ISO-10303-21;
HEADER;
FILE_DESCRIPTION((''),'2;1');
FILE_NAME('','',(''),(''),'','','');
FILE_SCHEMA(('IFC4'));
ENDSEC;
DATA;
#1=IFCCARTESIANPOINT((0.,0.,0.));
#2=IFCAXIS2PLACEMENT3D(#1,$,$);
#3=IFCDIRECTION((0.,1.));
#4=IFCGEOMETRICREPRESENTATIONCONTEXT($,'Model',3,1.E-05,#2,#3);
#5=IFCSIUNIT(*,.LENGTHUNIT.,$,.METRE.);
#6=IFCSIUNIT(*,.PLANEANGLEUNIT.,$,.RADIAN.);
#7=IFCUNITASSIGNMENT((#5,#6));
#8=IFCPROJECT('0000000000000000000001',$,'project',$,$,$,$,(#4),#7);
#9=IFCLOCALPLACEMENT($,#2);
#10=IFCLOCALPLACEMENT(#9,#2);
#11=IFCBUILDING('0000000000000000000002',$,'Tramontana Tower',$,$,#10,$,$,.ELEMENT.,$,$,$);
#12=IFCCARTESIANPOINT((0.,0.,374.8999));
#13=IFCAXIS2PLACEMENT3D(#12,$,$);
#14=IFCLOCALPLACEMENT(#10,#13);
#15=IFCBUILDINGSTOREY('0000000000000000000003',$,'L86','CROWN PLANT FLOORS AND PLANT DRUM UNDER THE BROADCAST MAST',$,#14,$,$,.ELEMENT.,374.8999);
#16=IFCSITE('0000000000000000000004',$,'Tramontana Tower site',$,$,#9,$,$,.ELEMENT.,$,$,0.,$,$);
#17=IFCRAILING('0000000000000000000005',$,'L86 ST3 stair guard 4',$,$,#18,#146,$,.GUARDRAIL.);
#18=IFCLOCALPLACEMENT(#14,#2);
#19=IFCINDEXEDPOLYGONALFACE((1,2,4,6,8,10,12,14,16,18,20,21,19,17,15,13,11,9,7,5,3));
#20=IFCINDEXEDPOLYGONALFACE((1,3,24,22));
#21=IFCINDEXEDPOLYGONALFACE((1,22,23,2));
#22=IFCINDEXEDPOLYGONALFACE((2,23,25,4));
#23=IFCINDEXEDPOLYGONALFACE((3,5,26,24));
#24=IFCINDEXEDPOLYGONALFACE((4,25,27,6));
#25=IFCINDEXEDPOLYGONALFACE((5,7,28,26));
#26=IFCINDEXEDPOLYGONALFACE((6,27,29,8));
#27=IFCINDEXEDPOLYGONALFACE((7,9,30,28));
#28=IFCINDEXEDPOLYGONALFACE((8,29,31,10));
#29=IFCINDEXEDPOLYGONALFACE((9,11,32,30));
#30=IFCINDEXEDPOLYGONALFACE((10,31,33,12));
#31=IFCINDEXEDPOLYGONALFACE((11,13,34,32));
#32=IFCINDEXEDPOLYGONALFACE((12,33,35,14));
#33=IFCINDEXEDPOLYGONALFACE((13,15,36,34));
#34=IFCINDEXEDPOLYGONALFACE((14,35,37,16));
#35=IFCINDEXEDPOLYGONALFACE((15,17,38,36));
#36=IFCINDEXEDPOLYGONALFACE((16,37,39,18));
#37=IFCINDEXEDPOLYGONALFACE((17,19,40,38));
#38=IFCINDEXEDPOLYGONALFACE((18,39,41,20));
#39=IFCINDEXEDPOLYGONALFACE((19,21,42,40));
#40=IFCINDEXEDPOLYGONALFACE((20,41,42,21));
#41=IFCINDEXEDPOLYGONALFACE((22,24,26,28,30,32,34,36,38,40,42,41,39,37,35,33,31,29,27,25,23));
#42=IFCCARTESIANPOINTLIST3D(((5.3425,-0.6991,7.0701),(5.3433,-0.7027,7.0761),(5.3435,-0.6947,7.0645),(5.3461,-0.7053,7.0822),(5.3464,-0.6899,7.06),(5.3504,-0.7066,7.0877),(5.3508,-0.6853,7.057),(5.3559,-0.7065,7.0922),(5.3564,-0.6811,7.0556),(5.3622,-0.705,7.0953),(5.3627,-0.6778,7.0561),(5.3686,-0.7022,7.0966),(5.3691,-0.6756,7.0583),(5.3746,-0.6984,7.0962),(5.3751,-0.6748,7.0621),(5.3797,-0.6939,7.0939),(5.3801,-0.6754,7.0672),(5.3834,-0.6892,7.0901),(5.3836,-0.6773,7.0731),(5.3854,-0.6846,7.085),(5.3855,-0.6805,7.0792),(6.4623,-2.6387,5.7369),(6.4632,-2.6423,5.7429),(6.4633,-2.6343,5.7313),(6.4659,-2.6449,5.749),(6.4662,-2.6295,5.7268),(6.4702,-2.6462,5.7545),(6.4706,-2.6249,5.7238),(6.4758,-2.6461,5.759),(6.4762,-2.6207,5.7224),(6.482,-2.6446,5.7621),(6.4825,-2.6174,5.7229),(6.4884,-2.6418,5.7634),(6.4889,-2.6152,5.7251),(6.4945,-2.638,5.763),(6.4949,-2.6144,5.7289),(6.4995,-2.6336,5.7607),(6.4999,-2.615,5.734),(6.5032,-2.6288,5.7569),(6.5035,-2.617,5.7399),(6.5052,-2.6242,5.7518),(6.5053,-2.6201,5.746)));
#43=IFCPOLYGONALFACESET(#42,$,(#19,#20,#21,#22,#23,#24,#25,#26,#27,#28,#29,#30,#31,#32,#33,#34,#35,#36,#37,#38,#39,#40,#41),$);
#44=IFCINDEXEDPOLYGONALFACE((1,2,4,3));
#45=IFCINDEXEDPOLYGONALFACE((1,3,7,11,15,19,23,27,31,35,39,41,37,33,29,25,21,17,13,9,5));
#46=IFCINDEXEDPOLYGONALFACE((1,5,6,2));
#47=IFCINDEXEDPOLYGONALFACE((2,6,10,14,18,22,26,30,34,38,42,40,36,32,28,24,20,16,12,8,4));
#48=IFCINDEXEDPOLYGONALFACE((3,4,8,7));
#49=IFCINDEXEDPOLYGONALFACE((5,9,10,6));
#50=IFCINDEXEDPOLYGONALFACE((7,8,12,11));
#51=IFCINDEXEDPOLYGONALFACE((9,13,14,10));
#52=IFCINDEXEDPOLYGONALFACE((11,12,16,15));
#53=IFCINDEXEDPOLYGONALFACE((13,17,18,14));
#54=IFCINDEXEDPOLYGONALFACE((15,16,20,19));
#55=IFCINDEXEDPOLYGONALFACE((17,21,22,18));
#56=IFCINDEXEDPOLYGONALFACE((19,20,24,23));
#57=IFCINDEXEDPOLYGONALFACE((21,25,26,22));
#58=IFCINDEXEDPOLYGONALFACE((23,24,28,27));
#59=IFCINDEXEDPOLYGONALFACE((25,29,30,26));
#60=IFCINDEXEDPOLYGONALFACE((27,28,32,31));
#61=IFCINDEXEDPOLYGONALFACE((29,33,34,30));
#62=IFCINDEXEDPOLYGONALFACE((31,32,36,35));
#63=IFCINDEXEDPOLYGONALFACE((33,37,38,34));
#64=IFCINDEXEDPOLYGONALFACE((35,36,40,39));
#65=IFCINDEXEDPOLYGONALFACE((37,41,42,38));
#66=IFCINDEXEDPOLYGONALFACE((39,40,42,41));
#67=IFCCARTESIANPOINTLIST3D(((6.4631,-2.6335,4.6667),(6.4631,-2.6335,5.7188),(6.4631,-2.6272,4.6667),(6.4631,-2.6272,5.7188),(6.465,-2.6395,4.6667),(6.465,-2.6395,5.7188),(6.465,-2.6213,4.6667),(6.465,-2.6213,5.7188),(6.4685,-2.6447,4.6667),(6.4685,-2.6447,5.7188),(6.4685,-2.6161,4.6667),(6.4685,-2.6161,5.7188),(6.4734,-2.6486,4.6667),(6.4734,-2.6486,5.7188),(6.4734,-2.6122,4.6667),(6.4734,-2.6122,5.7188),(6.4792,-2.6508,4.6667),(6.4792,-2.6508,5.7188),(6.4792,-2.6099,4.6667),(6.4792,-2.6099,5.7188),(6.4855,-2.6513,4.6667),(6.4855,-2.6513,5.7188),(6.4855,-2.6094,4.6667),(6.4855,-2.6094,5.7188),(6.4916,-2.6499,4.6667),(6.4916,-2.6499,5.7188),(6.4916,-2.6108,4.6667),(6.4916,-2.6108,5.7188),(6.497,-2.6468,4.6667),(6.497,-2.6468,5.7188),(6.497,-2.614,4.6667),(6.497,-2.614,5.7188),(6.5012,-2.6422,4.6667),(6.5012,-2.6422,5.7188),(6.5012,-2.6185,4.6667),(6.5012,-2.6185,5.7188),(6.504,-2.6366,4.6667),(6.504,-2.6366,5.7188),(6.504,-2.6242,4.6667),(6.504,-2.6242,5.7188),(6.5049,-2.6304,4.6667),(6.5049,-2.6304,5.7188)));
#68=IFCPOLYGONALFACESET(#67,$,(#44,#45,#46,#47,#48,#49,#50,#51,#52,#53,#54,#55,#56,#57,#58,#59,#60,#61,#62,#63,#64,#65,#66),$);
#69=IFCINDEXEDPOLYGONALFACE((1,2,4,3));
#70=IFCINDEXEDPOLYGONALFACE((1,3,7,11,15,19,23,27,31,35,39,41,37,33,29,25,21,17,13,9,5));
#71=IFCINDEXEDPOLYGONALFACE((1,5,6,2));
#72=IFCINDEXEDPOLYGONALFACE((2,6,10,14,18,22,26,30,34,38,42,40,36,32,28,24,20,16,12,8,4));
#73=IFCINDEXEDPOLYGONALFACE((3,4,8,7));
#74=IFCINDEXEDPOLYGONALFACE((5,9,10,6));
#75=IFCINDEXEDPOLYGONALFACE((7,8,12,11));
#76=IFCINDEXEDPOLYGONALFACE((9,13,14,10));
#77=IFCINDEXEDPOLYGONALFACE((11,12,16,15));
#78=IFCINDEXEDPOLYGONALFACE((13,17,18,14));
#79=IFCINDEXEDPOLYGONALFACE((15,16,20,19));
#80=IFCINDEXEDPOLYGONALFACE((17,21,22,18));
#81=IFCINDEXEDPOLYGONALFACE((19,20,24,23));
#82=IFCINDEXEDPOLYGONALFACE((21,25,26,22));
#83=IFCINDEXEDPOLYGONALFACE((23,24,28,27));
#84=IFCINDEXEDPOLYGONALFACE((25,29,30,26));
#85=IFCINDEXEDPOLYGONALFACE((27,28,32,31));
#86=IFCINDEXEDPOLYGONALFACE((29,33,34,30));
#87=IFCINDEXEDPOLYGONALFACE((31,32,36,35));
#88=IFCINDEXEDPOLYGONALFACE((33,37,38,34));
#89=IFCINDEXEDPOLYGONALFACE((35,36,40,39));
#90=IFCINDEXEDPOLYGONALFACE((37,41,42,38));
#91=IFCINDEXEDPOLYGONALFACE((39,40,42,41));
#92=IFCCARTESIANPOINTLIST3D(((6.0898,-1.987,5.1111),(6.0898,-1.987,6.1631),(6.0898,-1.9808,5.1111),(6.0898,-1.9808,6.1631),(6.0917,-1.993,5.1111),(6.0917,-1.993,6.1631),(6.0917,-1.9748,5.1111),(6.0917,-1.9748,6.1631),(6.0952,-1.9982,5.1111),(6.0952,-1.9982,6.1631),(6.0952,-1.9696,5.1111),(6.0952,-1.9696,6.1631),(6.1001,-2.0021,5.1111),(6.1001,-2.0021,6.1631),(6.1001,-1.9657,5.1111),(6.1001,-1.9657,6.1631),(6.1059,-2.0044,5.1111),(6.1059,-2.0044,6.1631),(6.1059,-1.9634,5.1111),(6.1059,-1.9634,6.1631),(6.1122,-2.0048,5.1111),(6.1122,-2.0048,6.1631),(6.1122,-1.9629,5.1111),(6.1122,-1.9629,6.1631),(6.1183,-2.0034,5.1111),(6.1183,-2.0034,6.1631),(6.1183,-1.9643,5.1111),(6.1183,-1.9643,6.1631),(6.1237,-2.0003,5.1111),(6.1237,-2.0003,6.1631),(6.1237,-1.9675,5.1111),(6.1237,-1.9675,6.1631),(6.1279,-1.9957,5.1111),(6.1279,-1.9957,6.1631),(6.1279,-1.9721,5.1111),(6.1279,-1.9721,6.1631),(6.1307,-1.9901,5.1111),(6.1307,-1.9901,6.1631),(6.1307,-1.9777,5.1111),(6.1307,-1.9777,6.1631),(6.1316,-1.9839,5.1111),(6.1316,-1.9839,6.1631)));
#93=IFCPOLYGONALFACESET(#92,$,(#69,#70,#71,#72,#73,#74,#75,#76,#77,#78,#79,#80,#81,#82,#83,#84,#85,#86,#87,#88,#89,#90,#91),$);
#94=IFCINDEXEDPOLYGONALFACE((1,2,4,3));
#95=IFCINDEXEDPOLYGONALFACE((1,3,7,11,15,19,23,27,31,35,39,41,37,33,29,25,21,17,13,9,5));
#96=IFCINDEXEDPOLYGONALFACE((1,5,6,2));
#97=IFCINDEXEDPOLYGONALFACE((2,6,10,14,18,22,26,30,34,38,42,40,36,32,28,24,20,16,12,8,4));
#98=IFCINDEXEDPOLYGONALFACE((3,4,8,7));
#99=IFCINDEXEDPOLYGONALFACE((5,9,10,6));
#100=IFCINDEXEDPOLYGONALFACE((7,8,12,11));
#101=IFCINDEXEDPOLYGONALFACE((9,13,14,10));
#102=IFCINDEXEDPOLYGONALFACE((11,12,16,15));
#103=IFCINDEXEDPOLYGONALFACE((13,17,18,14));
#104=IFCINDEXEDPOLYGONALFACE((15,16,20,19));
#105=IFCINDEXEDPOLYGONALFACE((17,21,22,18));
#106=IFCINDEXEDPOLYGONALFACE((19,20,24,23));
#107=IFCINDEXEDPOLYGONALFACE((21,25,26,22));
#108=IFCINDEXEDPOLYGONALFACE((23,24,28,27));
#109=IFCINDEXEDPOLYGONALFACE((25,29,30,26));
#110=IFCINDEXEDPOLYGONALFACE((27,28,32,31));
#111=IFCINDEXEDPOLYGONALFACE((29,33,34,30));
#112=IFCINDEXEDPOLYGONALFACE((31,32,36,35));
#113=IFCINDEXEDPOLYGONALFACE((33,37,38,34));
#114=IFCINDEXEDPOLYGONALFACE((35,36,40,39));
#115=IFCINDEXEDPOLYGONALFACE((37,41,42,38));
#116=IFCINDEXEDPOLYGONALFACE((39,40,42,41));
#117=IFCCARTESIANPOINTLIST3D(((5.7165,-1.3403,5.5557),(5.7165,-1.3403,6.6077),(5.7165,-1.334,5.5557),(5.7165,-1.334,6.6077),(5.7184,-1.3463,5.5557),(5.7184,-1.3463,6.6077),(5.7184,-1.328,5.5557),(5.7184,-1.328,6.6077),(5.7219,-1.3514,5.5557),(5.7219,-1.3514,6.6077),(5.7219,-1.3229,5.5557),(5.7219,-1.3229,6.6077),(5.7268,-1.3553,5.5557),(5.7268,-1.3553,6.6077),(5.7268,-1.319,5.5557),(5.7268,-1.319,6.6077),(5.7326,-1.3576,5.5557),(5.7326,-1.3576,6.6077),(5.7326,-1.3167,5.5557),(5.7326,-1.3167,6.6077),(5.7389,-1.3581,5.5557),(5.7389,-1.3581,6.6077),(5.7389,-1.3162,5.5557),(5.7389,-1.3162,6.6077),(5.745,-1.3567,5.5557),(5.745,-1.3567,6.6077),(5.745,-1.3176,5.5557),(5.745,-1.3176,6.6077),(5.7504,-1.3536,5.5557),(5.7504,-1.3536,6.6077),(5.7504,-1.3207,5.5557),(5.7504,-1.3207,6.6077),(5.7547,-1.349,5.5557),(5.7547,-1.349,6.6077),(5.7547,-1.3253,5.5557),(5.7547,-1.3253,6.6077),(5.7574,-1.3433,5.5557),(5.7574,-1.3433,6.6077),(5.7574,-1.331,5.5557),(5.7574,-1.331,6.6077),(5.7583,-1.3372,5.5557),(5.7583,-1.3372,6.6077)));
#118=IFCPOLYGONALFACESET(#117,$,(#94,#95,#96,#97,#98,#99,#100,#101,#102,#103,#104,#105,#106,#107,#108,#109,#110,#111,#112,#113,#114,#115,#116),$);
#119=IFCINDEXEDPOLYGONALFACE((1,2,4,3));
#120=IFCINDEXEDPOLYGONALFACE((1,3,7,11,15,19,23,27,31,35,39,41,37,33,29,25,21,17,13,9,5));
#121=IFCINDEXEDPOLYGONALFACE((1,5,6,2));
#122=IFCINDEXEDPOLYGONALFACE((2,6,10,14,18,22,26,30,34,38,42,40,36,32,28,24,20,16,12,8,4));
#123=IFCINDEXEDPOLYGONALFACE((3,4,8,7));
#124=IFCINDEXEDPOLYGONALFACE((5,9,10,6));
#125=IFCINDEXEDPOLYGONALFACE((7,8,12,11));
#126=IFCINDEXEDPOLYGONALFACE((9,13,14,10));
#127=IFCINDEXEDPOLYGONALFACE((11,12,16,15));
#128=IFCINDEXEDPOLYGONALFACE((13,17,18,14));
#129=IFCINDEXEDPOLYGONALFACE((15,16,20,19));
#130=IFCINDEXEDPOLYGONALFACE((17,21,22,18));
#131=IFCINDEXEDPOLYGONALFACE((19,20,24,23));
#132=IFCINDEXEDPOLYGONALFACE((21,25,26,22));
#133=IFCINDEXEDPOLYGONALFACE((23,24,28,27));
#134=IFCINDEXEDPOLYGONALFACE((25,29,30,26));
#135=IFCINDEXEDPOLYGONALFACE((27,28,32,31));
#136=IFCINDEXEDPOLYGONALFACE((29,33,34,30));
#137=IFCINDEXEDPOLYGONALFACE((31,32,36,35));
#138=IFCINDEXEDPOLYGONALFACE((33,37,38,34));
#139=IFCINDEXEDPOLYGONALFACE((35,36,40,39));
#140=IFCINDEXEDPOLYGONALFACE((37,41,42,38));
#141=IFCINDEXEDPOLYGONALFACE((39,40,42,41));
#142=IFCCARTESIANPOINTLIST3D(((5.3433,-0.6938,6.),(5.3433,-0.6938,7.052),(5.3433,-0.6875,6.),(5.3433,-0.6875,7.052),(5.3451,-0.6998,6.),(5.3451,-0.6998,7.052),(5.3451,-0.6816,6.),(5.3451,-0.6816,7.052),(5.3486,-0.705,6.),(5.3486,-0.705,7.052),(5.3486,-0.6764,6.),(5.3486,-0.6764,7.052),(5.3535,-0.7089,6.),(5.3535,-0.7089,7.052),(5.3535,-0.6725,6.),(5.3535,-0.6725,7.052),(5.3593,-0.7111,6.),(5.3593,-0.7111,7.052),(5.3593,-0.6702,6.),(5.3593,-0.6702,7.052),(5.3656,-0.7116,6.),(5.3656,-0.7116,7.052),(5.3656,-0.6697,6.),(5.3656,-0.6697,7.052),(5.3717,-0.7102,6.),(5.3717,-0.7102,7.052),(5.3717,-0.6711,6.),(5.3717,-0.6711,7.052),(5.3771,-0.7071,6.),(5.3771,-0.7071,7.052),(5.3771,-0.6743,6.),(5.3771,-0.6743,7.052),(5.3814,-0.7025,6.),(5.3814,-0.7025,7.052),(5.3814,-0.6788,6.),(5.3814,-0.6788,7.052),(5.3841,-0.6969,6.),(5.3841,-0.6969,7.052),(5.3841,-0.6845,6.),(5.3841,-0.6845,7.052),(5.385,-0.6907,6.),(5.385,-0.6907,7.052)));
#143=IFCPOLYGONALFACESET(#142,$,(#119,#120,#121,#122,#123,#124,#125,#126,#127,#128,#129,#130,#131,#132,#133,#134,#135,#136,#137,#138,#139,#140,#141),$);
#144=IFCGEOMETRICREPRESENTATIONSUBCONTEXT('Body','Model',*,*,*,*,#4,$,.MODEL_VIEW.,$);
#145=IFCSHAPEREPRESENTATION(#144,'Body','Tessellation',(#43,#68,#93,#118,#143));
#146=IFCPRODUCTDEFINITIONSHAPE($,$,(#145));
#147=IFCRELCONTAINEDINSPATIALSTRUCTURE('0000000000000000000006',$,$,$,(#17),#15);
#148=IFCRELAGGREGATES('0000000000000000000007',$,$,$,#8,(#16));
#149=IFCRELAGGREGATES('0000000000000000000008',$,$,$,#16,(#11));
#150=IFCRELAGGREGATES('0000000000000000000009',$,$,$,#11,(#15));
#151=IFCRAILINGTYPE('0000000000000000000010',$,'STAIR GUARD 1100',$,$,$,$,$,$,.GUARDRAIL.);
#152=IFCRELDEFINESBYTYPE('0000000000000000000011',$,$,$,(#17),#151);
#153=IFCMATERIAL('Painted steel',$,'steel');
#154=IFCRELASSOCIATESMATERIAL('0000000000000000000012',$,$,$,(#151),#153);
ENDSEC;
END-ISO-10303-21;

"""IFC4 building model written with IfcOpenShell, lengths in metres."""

from ifc_helpers import new_model, si_unit, direction, frame, origin, origin_2d, place, context, subcontext, project, spatial, circle, extrude, material, type_object, element, save


model = new_model("IFC4")

# Units and contexts
model_context = context("Model", 3, precision=1e-05, world=origin(), true_north=direction((0.0, 1.0)))
body_context = subcontext(model_context, "Body", "Model", "MODEL_VIEW")
ifc_project = project(units=[si_unit("LENGTHUNIT", "METRE"), si_unit("PLANEANGLEUNIT", "RADIAN")], contexts=[model_context])

# Site, building, storey
site_placement = place(None, origin())
site = spatial("IfcSite", under=ifc_project, at=site_placement, Name="Tramontana Tower site", CompositionType="ELEMENT", RefElevation=0.0)
building_placement = place(site_placement, origin())
building = spatial("IfcBuilding", under=site, at=building_placement, Name="Tramontana Tower", CompositionType="ELEMENT")
storey_placement = place(building_placement, frame((0.0, 0.0, 374.8999)))
storey = spatial("IfcBuildingStorey", under=building, at=storey_placement, Name="L86", Description="CROWN PLANT FLOORS AND PLANT DRUM UNDER THE BROADCAST MAST", CompositionType="ELEMENT", Elevation=374.8999)

# Railing
ifc_material_1 = material(Name="Painted steel", Category="steel")
railing_type_1 = type_object("IfcRailingType", Name="STAIR GUARD 1100", PredefinedType="GUARDRAIL", material=ifc_material_1)
railing_1_placement = place(storey_placement, frame((6.4839, -2.6304, 4.6667)))
element("IfcRailing", 1, at=railing_1_placement, inside=storey, type_object=railing_type_1, Name="L86 ST3 stair guard 4", PredefinedType="GUARDRAIL", context=body_context, shape_type="SweptSolid", body=[
    extrude(circle(Radius=0.0239, at=origin_2d()), frame((0.0, 0.0, 1.0762), z_axis=(-0.429638, 0.744163, 0.511501), x_axis=(-0.866028, -0.499996, 0.0)), (0.0, 0.0, 1.0), 2.6064),
    extrude(circle(Radius=0.021, at=origin_2d()), origin(), (0.0, 0.0, 1.0), 1.052),
    extrude(circle(Radius=0.021, at=origin_2d()), frame((-0.3733, 0.6465, 0.4443)), (0.0, 0.0, 1.0), 1.052),
    extrude(circle(Radius=0.021, at=origin_2d()), frame((-0.7466, 1.2932, 0.8889)), (0.0, 0.0, 1.0), 1.052),
    extrude(circle(Radius=0.021, at=origin_2d()), frame((-1.1199, 1.9397, 1.3333)), (0.0, 0.0, 1.0), 1.052),
])

save(model, "model.ifc")
